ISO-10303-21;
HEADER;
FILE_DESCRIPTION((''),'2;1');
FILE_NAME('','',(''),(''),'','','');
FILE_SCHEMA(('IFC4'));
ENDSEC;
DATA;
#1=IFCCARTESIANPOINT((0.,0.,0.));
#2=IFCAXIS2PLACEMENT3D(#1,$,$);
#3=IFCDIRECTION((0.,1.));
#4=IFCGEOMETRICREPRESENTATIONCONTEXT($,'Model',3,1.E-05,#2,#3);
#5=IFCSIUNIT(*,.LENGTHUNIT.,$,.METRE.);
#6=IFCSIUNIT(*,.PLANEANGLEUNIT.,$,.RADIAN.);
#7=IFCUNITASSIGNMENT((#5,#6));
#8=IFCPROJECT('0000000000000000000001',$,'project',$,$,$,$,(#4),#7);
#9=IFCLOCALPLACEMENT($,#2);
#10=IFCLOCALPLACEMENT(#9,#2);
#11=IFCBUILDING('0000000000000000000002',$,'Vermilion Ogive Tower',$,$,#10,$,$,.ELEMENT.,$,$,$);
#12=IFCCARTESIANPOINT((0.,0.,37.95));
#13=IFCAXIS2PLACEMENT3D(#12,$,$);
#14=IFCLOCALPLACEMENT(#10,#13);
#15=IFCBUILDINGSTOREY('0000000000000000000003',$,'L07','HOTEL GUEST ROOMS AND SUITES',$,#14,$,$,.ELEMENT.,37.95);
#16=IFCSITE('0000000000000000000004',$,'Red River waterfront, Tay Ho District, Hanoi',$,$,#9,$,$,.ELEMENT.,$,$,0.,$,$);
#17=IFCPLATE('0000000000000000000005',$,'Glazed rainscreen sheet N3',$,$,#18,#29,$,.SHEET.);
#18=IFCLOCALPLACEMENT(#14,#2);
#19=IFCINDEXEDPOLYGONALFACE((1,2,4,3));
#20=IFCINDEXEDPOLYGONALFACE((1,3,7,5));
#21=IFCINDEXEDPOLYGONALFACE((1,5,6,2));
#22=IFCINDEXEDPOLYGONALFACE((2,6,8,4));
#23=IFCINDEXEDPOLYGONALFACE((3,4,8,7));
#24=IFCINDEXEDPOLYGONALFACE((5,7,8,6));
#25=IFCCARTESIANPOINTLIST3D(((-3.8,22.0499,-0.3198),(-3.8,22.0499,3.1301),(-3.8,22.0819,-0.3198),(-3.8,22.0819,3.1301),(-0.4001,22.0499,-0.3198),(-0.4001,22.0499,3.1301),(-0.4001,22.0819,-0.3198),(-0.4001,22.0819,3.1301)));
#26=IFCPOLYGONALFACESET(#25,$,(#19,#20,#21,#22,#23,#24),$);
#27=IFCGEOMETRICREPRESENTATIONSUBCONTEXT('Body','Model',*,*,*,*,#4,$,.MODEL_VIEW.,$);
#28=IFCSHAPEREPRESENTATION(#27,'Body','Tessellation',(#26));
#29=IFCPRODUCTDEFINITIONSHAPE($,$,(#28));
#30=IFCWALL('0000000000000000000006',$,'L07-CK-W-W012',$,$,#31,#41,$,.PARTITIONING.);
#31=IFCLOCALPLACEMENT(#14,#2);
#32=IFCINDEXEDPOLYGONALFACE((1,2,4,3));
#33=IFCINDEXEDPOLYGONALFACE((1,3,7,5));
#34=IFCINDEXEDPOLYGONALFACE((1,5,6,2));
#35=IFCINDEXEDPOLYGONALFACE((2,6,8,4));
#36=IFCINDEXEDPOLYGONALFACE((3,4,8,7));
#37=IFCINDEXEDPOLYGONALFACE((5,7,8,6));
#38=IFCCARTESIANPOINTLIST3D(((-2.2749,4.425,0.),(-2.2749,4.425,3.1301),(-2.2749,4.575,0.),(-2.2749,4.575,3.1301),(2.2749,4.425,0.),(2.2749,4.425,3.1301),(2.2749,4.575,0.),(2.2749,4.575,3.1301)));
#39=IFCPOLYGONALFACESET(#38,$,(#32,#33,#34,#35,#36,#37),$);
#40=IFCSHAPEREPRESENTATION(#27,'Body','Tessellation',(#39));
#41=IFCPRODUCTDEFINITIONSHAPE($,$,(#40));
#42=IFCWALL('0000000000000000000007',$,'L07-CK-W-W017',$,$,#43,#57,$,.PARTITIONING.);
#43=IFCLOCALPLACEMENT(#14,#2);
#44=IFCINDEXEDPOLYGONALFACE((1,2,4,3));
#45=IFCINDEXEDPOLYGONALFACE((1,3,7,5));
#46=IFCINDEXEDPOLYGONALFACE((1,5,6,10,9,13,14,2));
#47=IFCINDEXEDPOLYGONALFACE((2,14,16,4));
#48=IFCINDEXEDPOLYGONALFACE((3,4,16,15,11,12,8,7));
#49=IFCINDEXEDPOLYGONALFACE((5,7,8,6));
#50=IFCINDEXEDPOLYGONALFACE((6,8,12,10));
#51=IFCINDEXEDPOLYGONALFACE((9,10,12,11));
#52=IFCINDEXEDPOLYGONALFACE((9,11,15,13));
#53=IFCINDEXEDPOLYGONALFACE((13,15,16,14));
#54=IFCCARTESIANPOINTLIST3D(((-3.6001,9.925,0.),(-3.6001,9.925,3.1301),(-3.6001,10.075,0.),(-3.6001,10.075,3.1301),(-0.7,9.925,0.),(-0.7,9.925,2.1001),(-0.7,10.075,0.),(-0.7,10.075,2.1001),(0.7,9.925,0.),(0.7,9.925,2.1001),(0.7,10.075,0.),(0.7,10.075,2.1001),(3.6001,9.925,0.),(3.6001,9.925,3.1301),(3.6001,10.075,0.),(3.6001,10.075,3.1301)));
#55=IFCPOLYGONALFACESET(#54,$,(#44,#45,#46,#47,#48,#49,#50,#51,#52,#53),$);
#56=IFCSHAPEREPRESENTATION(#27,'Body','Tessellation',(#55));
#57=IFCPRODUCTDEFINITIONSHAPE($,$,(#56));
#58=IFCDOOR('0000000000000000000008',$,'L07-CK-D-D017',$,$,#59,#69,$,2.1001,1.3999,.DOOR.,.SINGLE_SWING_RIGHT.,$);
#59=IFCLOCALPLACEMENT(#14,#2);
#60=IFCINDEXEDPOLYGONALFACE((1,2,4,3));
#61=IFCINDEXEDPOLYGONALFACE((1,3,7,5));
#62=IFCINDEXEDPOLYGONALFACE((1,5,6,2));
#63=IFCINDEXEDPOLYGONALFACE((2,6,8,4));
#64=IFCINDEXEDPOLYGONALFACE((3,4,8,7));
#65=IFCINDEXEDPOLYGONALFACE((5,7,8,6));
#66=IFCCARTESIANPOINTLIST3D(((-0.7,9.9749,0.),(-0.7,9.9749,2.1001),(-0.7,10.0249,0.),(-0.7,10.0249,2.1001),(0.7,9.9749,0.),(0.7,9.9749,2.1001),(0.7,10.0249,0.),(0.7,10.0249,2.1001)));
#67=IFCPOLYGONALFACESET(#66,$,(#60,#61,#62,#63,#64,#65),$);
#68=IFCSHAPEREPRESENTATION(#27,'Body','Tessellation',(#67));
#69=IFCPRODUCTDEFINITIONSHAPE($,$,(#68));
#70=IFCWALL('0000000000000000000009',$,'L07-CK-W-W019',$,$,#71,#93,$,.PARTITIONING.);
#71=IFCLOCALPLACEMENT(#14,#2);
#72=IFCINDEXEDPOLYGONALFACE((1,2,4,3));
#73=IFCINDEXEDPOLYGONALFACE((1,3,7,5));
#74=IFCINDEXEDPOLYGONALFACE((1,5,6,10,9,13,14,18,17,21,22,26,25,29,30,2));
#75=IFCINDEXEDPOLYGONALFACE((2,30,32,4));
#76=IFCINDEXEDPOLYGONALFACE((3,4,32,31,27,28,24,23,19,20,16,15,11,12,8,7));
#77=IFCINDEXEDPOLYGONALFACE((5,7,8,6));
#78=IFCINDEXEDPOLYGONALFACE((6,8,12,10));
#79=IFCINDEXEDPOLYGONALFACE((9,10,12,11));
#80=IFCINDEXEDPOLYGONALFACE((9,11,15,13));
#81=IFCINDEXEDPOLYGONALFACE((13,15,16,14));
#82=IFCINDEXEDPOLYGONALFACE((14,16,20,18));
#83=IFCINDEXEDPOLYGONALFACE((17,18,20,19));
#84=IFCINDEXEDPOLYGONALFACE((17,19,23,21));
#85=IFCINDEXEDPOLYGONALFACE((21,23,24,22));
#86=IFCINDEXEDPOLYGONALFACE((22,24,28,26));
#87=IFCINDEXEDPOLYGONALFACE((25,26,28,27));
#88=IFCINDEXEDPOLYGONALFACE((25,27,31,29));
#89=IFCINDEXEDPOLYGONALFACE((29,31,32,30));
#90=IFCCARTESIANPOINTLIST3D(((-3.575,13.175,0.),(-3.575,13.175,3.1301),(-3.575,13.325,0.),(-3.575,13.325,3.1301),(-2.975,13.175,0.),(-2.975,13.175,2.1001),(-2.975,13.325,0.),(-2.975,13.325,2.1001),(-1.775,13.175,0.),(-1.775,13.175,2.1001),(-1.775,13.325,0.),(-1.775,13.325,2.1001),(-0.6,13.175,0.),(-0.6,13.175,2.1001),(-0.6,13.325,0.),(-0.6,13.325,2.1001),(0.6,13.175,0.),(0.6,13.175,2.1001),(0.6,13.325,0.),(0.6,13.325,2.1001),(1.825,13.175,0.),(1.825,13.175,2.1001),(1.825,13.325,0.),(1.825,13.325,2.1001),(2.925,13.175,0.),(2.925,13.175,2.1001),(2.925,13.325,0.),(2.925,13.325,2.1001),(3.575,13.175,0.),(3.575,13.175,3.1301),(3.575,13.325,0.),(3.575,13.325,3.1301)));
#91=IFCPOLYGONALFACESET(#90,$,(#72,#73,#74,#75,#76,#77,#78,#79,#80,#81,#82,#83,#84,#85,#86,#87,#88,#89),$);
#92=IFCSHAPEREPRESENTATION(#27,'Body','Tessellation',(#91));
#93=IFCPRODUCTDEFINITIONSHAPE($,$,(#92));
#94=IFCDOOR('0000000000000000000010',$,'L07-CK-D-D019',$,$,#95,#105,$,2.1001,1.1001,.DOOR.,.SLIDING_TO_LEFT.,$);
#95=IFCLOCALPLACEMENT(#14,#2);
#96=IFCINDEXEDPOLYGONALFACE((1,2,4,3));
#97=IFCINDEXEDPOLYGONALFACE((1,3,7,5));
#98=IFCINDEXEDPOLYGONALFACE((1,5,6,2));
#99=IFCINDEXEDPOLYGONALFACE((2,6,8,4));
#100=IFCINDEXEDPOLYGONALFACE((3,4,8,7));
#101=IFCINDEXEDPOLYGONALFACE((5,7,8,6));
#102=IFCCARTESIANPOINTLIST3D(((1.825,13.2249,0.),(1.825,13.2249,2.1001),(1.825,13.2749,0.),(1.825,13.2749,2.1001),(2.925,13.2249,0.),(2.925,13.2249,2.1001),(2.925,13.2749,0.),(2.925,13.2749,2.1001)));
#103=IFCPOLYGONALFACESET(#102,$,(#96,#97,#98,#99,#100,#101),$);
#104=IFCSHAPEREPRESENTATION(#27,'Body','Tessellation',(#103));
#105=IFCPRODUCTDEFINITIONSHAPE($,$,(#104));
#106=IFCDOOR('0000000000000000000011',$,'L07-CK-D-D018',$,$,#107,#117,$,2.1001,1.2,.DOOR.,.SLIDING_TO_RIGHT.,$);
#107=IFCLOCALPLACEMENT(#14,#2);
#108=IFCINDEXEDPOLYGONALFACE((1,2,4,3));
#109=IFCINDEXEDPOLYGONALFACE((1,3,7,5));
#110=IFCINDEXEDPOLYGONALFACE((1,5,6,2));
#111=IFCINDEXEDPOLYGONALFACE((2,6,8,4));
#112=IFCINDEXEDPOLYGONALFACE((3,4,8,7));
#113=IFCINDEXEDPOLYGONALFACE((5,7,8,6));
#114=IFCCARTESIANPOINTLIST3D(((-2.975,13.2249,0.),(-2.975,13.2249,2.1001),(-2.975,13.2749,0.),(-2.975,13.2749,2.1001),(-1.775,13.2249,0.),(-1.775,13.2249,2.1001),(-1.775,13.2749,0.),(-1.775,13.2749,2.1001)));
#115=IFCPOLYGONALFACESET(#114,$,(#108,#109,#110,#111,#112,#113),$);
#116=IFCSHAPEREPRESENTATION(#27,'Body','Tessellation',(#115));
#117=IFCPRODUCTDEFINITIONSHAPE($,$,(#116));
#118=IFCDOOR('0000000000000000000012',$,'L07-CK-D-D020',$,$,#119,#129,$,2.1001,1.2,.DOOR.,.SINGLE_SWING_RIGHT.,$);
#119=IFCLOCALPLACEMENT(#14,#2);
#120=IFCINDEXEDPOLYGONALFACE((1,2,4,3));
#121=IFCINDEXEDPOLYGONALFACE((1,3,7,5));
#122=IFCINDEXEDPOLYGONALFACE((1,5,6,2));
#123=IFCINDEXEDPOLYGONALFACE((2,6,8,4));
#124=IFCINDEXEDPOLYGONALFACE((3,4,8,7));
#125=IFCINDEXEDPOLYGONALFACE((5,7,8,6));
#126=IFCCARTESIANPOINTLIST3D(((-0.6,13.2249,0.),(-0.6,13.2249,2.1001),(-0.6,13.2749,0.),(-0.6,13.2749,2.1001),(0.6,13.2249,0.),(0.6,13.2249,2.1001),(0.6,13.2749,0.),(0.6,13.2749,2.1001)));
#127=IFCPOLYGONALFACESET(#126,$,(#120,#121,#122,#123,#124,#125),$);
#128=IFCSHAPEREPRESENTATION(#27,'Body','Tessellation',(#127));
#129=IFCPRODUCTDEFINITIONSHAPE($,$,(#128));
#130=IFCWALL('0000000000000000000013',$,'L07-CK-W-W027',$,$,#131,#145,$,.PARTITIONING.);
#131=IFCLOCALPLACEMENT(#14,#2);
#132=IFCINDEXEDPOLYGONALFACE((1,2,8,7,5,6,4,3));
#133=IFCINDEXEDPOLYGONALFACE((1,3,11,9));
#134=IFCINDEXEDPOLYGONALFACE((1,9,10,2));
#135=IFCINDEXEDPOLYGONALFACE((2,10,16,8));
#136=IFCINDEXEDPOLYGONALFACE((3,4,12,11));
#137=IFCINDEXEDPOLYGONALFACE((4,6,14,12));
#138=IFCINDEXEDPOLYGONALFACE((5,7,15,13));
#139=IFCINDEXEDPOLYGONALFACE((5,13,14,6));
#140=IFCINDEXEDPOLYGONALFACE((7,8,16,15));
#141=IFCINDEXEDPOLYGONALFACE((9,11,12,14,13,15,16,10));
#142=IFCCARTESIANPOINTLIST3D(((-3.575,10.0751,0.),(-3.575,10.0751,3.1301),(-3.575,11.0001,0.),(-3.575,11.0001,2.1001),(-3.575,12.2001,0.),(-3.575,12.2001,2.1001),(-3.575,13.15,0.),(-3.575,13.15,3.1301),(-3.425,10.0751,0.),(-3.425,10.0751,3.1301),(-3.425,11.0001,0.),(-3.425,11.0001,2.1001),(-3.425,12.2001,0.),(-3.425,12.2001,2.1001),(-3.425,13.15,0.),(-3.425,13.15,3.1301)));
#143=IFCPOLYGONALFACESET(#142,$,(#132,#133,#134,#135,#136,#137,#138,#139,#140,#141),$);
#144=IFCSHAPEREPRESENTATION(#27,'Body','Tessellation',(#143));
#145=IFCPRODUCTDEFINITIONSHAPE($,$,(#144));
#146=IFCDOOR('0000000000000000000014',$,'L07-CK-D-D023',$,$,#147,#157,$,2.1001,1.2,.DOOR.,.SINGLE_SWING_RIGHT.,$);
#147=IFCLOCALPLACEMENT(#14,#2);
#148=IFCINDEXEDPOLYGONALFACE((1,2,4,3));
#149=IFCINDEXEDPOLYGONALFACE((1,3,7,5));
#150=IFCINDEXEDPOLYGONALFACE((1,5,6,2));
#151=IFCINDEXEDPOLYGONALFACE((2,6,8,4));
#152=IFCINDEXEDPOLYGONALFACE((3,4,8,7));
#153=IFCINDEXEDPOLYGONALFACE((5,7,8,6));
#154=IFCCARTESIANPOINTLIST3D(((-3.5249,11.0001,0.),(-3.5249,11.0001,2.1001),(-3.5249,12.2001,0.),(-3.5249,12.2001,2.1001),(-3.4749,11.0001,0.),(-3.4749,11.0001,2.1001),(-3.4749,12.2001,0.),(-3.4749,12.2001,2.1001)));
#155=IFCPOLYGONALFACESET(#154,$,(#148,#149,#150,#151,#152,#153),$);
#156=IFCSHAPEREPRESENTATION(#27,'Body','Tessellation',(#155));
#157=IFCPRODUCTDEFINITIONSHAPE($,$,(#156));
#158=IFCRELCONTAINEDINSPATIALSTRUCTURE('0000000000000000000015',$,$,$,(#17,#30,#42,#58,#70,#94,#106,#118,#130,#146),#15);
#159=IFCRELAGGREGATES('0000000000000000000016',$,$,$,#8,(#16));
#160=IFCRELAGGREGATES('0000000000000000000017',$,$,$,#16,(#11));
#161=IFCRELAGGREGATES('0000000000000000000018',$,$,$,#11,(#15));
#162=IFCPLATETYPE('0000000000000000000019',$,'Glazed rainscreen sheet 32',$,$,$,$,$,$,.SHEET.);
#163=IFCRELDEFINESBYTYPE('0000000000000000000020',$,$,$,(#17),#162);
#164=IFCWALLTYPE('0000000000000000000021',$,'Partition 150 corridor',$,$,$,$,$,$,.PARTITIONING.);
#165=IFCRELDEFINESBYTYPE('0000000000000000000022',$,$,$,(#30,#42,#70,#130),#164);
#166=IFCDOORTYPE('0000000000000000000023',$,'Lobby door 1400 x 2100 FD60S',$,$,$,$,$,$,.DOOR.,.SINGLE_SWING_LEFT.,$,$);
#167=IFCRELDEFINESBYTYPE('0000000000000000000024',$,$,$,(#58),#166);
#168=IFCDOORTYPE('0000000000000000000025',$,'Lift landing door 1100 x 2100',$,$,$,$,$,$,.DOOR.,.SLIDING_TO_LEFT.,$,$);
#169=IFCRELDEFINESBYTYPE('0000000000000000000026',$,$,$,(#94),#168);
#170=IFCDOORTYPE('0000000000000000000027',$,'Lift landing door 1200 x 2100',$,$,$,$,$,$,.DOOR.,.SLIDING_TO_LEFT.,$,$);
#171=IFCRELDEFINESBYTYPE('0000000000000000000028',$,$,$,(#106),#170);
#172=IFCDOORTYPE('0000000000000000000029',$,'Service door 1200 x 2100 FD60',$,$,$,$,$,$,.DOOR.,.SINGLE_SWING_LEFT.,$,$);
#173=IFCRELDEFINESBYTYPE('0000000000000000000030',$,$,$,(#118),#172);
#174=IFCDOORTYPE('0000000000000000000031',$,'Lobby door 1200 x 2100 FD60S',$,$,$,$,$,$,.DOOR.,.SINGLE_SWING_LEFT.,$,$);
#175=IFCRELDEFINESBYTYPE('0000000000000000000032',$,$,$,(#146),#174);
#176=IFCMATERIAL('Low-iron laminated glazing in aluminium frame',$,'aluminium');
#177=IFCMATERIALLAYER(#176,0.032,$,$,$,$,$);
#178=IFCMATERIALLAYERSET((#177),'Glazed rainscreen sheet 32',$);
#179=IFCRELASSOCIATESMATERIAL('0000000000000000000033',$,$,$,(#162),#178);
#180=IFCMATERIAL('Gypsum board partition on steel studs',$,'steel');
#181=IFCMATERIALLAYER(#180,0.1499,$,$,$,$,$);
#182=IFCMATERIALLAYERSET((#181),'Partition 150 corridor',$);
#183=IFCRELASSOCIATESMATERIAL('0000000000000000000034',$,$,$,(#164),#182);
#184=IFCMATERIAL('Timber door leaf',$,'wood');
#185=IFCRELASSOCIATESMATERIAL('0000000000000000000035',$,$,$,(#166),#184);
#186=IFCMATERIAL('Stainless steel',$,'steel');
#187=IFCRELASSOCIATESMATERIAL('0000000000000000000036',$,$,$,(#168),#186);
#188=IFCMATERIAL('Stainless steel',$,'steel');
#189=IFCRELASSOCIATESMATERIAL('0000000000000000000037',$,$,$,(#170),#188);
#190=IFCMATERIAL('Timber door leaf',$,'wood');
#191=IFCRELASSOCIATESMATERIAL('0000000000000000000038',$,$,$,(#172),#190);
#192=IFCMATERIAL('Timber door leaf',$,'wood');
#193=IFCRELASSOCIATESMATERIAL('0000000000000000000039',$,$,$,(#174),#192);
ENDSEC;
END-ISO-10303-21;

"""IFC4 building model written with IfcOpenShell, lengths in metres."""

from ifc_helpers import new_model, si_unit, direction, frame, frame_2d, origin, origin_2d, place, context, subcontext, project, spatial, rectangle, extrude, material, layer, layer_set, type_object, element, fill, save


model = new_model("IFC4")

# Units and contexts
model_context = context("Model", 3, precision=1e-05, world=origin(), true_north=direction((0.0, 1.0)))
body_context = subcontext(model_context, "Body", "Model", "MODEL_VIEW")
ifc_project = project(units=[si_unit("LENGTHUNIT", "METRE"), si_unit("PLANEANGLEUNIT", "RADIAN")], contexts=[model_context])

# Site, building, storey
site_placement = place(None, origin())
site = spatial("IfcSite", under=ifc_project, at=site_placement, Name="Red River waterfront, Tay Ho District, Hanoi", CompositionType="ELEMENT", RefElevation=0.0)
building_placement = place(site_placement, origin())
building = spatial("IfcBuilding", under=site, at=building_placement, Name="Vermilion Ogive Tower", CompositionType="ELEMENT")
storey_placement = place(building_placement, frame((0.0, 0.0, 37.95)))
storey = spatial("IfcBuildingStorey", under=building, at=storey_placement, Name="L07", Description="HOTEL GUEST ROOMS AND SUITES", CompositionType="ELEMENT", Elevation=37.95)

# Plate
ifc_material_1 = material(Name="Low-iron laminated glazing in aluminium frame", Category="aluminium")
ifc_layer_1 = layer(ifc_material_1, 0.032)
ifc_layer_set_1 = layer_set([ifc_layer_1], Name="Glazed rainscreen sheet 32")
plate_type = type_object("IfcPlateType", Name="Glazed rainscreen sheet 32", PredefinedType="SHEET", material=ifc_layer_set_1)
plate_placement = place(storey_placement, frame((-2.1001, 22.0659, -0.3198), z_axis=(0.0, 0.0, 1.0), x_axis=(1.0, 0.0, 0.0)))
element("IfcPlate", 1, at=plate_placement, inside=storey, type_object=plate_type, Name="Glazed rainscreen sheet N3", PredefinedType="SHEET", context=body_context, shape_type="SweptSolid", body=[
    extrude(rectangle(XDim=3.3999, YDim=0.032, at=origin_2d()), origin(), (0.0, 0.0, 1.0), 3.45),
])

# Wall
ifc_material_2 = material(Name="Gypsum board partition on steel studs", Category="steel")
ifc_layer_2 = layer(ifc_material_2, 0.1499)
ifc_layer_set_2 = layer_set([ifc_layer_2], Name="Partition 150 corridor")
wall_type_1 = type_object("IfcWallType", Name="Partition 150 corridor", PredefinedType="PARTITIONING", material=ifc_layer_set_2)
wall_1_placement = place(storey_placement, frame((-2.2749, 4.5, 0.0), z_axis=(0.0, 0.0, 1.0), x_axis=(1.0, 0.0, 0.0)))
element("IfcWall", 2, at=wall_1_placement, inside=storey, type_object=wall_type_1, Name="L07-CK-W-W012", PredefinedType="PARTITIONING", context=body_context, shape_type="SweptSolid", body=[
    extrude(rectangle(XDim=4.5498, YDim=0.1499, at=frame_2d((2.2749, 0.0))), origin(), (0.0, 0.0, 1.0), 3.1301),
])

# Wall, opening, door
wall_2_placement = place(storey_placement, frame((-3.6001, 10.0, 0.0), z_axis=(0.0, 0.0, 1.0), x_axis=(1.0, 0.0, 0.0)))
wall_2 = element("IfcWall", 3, at=wall_2_placement, inside=storey, type_object=wall_type_1, Name="L07-CK-W-W017", PredefinedType="PARTITIONING", context=body_context, shape_type="SweptSolid", body=[
    extrude(rectangle(XDim=7.2002, YDim=0.1499, at=frame_2d((3.6001, 0.0))), origin(), (0.0, 0.0, 1.0), 3.1301),
])
opening_1_placement = place(wall_2_placement, frame((2.9001, 0.0, 0.0)))
opening_1 = element("IfcOpeningElement", 4, at=opening_1_placement, cuts=wall_2, PredefinedType="OPENING", context=body_context, shape_type="SweptSolid", body=[
    extrude(rectangle(XDim=1.3999, YDim=2.1001, at=frame_2d((0.7, 1.05))), frame((0.0, 0.085, 0.0), z_axis=(0.0, -1.0, 0.0), x_axis=(1.0, 0.0, 0.0)), (0.0, 0.0, 1.0), 0.1699),
])
ifc_material_3 = material(Name="Timber door leaf", Category="wood")
door_type_1 = type_object("IfcDoorType", Name="Lobby door 1400 x 2100 FD60S", OperationType="SINGLE_SWING_LEFT", PredefinedType="DOOR", material=ifc_material_3)
door_1_placement = place(opening_1_placement, origin())
door_1 = element("IfcDoor", 5, at=door_1_placement, inside=storey, type_object=door_type_1, Name="L07-CK-D-D017", OperationType="SINGLE_SWING_RIGHT", OverallHeight=2.1001, OverallWidth=1.3999, PredefinedType="DOOR", context=body_context, shape_type="SweptSolid", body=[
    extrude(rectangle(XDim=1.3999, YDim=2.1001, at=frame_2d((0.7, 1.05))), frame((0.0, 0.0249, 0.0), z_axis=(0.0, -1.0, 0.0), x_axis=(1.0, 0.0, 0.0)), (0.0, 0.0, 1.0), 0.05),
])
fill(opening_1, door_1)

# Wall, openings, doors
wall_3_placement = place(storey_placement, frame((-3.575, 13.25, 0.0), z_axis=(0.0, 0.0, 1.0), x_axis=(1.0, 0.0, 0.0)))
wall_3 = element("IfcWall", 6, at=wall_3_placement, inside=storey, type_object=wall_type_1, Name="L07-CK-W-W019", PredefinedType="PARTITIONING", context=body_context, shape_type="SweptSolid", body=[
    extrude(rectangle(XDim=7.1499, YDim=0.1499, at=frame_2d((3.575, 0.0))), origin(), (0.0, 0.0, 1.0), 3.1301),
])
opening_2_placement = place(wall_3_placement, frame((0.5999, 0.0, 0.0)))
opening_2 = element("IfcOpeningElement", 7, at=opening_2_placement, cuts=wall_3, PredefinedType="OPENING", context=body_context, shape_type="SweptSolid", body=[
    extrude(rectangle(XDim=1.2, YDim=2.1001, at=frame_2d((0.6001, 1.05))), frame((0.0, 0.085, 0.0), z_axis=(0.0, -1.0, 0.0), x_axis=(1.0, 0.0, 0.0)), (0.0, 0.0, 1.0), 0.1699),
])
opening_3_placement = place(wall_3_placement, frame((5.3999, 0.0, 0.0)))
opening_3 = element("IfcOpeningElement", 8, at=opening_3_placement, cuts=wall_3, PredefinedType="OPENING", context=body_context, shape_type="SweptSolid", body=[
    extrude(rectangle(XDim=1.1001, YDim=2.1001, at=frame_2d((0.55, 1.05))), frame((0.0, 0.085, 0.0), z_axis=(0.0, -1.0, 0.0), x_axis=(1.0, 0.0, 0.0)), (0.0, 0.0, 1.0), 0.1699),
])
opening_4_placement = place(wall_3_placement, frame((2.9749, 0.0, 0.0)))
opening_4 = element("IfcOpeningElement", 9, at=opening_4_placement, cuts=wall_3, PredefinedType="OPENING", context=body_context, shape_type="SweptSolid", body=[
    extrude(rectangle(XDim=1.2, YDim=2.1001, at=frame_2d((0.6001, 1.05))), frame((0.0, 0.085, 0.0), z_axis=(0.0, -1.0, 0.0), x_axis=(1.0, 0.0, 0.0)), (0.0, 0.0, 1.0), 0.1699),
])
ifc_material_4 = material(Name="Stainless steel", Category="steel")
door_type_2 = type_object("IfcDoorType", Name="Lift landing door 1100 x 2100", OperationType="SLIDING_TO_LEFT", PredefinedType="DOOR", material=ifc_material_4)
door_2_placement = place(opening_3_placement, origin())
door_2 = element("IfcDoor", 10, at=door_2_placement, inside=storey, type_object=door_type_2, Name="L07-CK-D-D019", OperationType="SLIDING_TO_LEFT", OverallHeight=2.1001, OverallWidth=1.1001, PredefinedType="DOOR", context=body_context, shape_type="SweptSolid", body=[
    extrude(rectangle(XDim=1.1001, YDim=2.1001, at=frame_2d((0.55, 1.05))), frame((0.0, 0.0249, 0.0), z_axis=(0.0, -1.0, 0.0), x_axis=(1.0, 0.0, 0.0)), (0.0, 0.0, 1.0), 0.05),
])
fill(opening_3, door_2)
ifc_material_5 = material(Name="Stainless steel", Category="steel")
door_type_3 = type_object("IfcDoorType", Name="Lift landing door 1200 x 2100", OperationType="SLIDING_TO_LEFT", PredefinedType="DOOR", material=ifc_material_5)
door_3_placement = place(opening_2_placement, origin())
door_3 = element("IfcDoor", 11, at=door_3_placement, inside=storey, type_object=door_type_3, Name="L07-CK-D-D018", OperationType="SLIDING_TO_RIGHT", OverallHeight=2.1001, OverallWidth=1.2, PredefinedType="DOOR", context=body_context, shape_type="SweptSolid", body=[
    extrude(rectangle(XDim=1.2, YDim=2.1001, at=frame_2d((0.6001, 1.05))), frame((0.0, 0.0249, 0.0), z_axis=(0.0, -1.0, 0.0), x_axis=(1.0, 0.0, 0.0)), (0.0, 0.0, 1.0), 0.05),
])
fill(opening_2, door_3)
ifc_material_6 = material(Name="Timber door leaf", Category="wood")
door_type_4 = type_object("IfcDoorType", Name="Service door 1200 x 2100 FD60", OperationType="SINGLE_SWING_LEFT", PredefinedType="DOOR", material=ifc_material_6)
door_4_placement = place(opening_4_placement, origin())
door_4 = element("IfcDoor", 12, at=door_4_placement, inside=storey, type_object=door_type_4, Name="L07-CK-D-D020", OperationType="SINGLE_SWING_RIGHT", OverallHeight=2.1001, OverallWidth=1.2, PredefinedType="DOOR", context=body_context, shape_type="SweptSolid", body=[
    extrude(rectangle(XDim=1.2, YDim=2.1001, at=frame_2d((0.6001, 1.05))), frame((0.0, 0.0249, 0.0), z_axis=(0.0, -1.0, 0.0), x_axis=(1.0, 0.0, 0.0)), (0.0, 0.0, 1.0), 0.05),
])
fill(opening_4, door_4)

# Wall, opening, door
wall_4_placement = place(storey_placement, frame((-3.5, 10.075, 0.0), z_axis=(0.0, 0.0, 1.0), x_axis=(0.0, 1.0, 0.0)))
wall_4 = element("IfcWall", 13, at=wall_4_placement, inside=storey, type_object=wall_type_1, Name="L07-CK-W-W027", PredefinedType="PARTITIONING", context=body_context, shape_type="SweptSolid", body=[
    extrude(rectangle(XDim=3.075, YDim=0.1499, at=frame_2d((1.5376, 0.0))), origin(), (0.0, 0.0, 1.0), 3.1301),
])
opening_5_placement = place(wall_4_placement, frame((0.925, 0.0, 0.0)))
opening_5 = element("IfcOpeningElement", 14, at=opening_5_placement, cuts=wall_4, PredefinedType="OPENING", context=body_context, shape_type="SweptSolid", body=[
    extrude(rectangle(XDim=1.2, YDim=2.1001, at=frame_2d((0.6001, 1.05))), frame((0.0, 0.085, 0.0), z_axis=(0.0, -1.0, 0.0), x_axis=(1.0, 0.0, 0.0)), (0.0, 0.0, 1.0), 0.1699),
])
ifc_material_7 = material(Name="Timber door leaf", Category="wood")
door_type_5 = type_object("IfcDoorType", Name="Lobby door 1200 x 2100 FD60S", OperationType="SINGLE_SWING_LEFT", PredefinedType="DOOR", material=ifc_material_7)
door_5_placement = place(opening_5_placement, origin())
door_5 = element("IfcDoor", 15, at=door_5_placement, inside=storey, type_object=door_type_5, Name="L07-CK-D-D023", OperationType="SINGLE_SWING_RIGHT", OverallHeight=2.1001, OverallWidth=1.2, PredefinedType="DOOR", context=body_context, shape_type="SweptSolid", body=[
    extrude(rectangle(XDim=1.2, YDim=2.1001, at=frame_2d((0.6001, 1.05))), frame((0.0, 0.0249, 0.0), z_axis=(0.0, -1.0, 0.0), x_axis=(1.0, 0.0, 0.0)), (0.0, 0.0, 1.0), 0.05),
])
fill(opening_5, door_5)

save(model, "model.ifc")
